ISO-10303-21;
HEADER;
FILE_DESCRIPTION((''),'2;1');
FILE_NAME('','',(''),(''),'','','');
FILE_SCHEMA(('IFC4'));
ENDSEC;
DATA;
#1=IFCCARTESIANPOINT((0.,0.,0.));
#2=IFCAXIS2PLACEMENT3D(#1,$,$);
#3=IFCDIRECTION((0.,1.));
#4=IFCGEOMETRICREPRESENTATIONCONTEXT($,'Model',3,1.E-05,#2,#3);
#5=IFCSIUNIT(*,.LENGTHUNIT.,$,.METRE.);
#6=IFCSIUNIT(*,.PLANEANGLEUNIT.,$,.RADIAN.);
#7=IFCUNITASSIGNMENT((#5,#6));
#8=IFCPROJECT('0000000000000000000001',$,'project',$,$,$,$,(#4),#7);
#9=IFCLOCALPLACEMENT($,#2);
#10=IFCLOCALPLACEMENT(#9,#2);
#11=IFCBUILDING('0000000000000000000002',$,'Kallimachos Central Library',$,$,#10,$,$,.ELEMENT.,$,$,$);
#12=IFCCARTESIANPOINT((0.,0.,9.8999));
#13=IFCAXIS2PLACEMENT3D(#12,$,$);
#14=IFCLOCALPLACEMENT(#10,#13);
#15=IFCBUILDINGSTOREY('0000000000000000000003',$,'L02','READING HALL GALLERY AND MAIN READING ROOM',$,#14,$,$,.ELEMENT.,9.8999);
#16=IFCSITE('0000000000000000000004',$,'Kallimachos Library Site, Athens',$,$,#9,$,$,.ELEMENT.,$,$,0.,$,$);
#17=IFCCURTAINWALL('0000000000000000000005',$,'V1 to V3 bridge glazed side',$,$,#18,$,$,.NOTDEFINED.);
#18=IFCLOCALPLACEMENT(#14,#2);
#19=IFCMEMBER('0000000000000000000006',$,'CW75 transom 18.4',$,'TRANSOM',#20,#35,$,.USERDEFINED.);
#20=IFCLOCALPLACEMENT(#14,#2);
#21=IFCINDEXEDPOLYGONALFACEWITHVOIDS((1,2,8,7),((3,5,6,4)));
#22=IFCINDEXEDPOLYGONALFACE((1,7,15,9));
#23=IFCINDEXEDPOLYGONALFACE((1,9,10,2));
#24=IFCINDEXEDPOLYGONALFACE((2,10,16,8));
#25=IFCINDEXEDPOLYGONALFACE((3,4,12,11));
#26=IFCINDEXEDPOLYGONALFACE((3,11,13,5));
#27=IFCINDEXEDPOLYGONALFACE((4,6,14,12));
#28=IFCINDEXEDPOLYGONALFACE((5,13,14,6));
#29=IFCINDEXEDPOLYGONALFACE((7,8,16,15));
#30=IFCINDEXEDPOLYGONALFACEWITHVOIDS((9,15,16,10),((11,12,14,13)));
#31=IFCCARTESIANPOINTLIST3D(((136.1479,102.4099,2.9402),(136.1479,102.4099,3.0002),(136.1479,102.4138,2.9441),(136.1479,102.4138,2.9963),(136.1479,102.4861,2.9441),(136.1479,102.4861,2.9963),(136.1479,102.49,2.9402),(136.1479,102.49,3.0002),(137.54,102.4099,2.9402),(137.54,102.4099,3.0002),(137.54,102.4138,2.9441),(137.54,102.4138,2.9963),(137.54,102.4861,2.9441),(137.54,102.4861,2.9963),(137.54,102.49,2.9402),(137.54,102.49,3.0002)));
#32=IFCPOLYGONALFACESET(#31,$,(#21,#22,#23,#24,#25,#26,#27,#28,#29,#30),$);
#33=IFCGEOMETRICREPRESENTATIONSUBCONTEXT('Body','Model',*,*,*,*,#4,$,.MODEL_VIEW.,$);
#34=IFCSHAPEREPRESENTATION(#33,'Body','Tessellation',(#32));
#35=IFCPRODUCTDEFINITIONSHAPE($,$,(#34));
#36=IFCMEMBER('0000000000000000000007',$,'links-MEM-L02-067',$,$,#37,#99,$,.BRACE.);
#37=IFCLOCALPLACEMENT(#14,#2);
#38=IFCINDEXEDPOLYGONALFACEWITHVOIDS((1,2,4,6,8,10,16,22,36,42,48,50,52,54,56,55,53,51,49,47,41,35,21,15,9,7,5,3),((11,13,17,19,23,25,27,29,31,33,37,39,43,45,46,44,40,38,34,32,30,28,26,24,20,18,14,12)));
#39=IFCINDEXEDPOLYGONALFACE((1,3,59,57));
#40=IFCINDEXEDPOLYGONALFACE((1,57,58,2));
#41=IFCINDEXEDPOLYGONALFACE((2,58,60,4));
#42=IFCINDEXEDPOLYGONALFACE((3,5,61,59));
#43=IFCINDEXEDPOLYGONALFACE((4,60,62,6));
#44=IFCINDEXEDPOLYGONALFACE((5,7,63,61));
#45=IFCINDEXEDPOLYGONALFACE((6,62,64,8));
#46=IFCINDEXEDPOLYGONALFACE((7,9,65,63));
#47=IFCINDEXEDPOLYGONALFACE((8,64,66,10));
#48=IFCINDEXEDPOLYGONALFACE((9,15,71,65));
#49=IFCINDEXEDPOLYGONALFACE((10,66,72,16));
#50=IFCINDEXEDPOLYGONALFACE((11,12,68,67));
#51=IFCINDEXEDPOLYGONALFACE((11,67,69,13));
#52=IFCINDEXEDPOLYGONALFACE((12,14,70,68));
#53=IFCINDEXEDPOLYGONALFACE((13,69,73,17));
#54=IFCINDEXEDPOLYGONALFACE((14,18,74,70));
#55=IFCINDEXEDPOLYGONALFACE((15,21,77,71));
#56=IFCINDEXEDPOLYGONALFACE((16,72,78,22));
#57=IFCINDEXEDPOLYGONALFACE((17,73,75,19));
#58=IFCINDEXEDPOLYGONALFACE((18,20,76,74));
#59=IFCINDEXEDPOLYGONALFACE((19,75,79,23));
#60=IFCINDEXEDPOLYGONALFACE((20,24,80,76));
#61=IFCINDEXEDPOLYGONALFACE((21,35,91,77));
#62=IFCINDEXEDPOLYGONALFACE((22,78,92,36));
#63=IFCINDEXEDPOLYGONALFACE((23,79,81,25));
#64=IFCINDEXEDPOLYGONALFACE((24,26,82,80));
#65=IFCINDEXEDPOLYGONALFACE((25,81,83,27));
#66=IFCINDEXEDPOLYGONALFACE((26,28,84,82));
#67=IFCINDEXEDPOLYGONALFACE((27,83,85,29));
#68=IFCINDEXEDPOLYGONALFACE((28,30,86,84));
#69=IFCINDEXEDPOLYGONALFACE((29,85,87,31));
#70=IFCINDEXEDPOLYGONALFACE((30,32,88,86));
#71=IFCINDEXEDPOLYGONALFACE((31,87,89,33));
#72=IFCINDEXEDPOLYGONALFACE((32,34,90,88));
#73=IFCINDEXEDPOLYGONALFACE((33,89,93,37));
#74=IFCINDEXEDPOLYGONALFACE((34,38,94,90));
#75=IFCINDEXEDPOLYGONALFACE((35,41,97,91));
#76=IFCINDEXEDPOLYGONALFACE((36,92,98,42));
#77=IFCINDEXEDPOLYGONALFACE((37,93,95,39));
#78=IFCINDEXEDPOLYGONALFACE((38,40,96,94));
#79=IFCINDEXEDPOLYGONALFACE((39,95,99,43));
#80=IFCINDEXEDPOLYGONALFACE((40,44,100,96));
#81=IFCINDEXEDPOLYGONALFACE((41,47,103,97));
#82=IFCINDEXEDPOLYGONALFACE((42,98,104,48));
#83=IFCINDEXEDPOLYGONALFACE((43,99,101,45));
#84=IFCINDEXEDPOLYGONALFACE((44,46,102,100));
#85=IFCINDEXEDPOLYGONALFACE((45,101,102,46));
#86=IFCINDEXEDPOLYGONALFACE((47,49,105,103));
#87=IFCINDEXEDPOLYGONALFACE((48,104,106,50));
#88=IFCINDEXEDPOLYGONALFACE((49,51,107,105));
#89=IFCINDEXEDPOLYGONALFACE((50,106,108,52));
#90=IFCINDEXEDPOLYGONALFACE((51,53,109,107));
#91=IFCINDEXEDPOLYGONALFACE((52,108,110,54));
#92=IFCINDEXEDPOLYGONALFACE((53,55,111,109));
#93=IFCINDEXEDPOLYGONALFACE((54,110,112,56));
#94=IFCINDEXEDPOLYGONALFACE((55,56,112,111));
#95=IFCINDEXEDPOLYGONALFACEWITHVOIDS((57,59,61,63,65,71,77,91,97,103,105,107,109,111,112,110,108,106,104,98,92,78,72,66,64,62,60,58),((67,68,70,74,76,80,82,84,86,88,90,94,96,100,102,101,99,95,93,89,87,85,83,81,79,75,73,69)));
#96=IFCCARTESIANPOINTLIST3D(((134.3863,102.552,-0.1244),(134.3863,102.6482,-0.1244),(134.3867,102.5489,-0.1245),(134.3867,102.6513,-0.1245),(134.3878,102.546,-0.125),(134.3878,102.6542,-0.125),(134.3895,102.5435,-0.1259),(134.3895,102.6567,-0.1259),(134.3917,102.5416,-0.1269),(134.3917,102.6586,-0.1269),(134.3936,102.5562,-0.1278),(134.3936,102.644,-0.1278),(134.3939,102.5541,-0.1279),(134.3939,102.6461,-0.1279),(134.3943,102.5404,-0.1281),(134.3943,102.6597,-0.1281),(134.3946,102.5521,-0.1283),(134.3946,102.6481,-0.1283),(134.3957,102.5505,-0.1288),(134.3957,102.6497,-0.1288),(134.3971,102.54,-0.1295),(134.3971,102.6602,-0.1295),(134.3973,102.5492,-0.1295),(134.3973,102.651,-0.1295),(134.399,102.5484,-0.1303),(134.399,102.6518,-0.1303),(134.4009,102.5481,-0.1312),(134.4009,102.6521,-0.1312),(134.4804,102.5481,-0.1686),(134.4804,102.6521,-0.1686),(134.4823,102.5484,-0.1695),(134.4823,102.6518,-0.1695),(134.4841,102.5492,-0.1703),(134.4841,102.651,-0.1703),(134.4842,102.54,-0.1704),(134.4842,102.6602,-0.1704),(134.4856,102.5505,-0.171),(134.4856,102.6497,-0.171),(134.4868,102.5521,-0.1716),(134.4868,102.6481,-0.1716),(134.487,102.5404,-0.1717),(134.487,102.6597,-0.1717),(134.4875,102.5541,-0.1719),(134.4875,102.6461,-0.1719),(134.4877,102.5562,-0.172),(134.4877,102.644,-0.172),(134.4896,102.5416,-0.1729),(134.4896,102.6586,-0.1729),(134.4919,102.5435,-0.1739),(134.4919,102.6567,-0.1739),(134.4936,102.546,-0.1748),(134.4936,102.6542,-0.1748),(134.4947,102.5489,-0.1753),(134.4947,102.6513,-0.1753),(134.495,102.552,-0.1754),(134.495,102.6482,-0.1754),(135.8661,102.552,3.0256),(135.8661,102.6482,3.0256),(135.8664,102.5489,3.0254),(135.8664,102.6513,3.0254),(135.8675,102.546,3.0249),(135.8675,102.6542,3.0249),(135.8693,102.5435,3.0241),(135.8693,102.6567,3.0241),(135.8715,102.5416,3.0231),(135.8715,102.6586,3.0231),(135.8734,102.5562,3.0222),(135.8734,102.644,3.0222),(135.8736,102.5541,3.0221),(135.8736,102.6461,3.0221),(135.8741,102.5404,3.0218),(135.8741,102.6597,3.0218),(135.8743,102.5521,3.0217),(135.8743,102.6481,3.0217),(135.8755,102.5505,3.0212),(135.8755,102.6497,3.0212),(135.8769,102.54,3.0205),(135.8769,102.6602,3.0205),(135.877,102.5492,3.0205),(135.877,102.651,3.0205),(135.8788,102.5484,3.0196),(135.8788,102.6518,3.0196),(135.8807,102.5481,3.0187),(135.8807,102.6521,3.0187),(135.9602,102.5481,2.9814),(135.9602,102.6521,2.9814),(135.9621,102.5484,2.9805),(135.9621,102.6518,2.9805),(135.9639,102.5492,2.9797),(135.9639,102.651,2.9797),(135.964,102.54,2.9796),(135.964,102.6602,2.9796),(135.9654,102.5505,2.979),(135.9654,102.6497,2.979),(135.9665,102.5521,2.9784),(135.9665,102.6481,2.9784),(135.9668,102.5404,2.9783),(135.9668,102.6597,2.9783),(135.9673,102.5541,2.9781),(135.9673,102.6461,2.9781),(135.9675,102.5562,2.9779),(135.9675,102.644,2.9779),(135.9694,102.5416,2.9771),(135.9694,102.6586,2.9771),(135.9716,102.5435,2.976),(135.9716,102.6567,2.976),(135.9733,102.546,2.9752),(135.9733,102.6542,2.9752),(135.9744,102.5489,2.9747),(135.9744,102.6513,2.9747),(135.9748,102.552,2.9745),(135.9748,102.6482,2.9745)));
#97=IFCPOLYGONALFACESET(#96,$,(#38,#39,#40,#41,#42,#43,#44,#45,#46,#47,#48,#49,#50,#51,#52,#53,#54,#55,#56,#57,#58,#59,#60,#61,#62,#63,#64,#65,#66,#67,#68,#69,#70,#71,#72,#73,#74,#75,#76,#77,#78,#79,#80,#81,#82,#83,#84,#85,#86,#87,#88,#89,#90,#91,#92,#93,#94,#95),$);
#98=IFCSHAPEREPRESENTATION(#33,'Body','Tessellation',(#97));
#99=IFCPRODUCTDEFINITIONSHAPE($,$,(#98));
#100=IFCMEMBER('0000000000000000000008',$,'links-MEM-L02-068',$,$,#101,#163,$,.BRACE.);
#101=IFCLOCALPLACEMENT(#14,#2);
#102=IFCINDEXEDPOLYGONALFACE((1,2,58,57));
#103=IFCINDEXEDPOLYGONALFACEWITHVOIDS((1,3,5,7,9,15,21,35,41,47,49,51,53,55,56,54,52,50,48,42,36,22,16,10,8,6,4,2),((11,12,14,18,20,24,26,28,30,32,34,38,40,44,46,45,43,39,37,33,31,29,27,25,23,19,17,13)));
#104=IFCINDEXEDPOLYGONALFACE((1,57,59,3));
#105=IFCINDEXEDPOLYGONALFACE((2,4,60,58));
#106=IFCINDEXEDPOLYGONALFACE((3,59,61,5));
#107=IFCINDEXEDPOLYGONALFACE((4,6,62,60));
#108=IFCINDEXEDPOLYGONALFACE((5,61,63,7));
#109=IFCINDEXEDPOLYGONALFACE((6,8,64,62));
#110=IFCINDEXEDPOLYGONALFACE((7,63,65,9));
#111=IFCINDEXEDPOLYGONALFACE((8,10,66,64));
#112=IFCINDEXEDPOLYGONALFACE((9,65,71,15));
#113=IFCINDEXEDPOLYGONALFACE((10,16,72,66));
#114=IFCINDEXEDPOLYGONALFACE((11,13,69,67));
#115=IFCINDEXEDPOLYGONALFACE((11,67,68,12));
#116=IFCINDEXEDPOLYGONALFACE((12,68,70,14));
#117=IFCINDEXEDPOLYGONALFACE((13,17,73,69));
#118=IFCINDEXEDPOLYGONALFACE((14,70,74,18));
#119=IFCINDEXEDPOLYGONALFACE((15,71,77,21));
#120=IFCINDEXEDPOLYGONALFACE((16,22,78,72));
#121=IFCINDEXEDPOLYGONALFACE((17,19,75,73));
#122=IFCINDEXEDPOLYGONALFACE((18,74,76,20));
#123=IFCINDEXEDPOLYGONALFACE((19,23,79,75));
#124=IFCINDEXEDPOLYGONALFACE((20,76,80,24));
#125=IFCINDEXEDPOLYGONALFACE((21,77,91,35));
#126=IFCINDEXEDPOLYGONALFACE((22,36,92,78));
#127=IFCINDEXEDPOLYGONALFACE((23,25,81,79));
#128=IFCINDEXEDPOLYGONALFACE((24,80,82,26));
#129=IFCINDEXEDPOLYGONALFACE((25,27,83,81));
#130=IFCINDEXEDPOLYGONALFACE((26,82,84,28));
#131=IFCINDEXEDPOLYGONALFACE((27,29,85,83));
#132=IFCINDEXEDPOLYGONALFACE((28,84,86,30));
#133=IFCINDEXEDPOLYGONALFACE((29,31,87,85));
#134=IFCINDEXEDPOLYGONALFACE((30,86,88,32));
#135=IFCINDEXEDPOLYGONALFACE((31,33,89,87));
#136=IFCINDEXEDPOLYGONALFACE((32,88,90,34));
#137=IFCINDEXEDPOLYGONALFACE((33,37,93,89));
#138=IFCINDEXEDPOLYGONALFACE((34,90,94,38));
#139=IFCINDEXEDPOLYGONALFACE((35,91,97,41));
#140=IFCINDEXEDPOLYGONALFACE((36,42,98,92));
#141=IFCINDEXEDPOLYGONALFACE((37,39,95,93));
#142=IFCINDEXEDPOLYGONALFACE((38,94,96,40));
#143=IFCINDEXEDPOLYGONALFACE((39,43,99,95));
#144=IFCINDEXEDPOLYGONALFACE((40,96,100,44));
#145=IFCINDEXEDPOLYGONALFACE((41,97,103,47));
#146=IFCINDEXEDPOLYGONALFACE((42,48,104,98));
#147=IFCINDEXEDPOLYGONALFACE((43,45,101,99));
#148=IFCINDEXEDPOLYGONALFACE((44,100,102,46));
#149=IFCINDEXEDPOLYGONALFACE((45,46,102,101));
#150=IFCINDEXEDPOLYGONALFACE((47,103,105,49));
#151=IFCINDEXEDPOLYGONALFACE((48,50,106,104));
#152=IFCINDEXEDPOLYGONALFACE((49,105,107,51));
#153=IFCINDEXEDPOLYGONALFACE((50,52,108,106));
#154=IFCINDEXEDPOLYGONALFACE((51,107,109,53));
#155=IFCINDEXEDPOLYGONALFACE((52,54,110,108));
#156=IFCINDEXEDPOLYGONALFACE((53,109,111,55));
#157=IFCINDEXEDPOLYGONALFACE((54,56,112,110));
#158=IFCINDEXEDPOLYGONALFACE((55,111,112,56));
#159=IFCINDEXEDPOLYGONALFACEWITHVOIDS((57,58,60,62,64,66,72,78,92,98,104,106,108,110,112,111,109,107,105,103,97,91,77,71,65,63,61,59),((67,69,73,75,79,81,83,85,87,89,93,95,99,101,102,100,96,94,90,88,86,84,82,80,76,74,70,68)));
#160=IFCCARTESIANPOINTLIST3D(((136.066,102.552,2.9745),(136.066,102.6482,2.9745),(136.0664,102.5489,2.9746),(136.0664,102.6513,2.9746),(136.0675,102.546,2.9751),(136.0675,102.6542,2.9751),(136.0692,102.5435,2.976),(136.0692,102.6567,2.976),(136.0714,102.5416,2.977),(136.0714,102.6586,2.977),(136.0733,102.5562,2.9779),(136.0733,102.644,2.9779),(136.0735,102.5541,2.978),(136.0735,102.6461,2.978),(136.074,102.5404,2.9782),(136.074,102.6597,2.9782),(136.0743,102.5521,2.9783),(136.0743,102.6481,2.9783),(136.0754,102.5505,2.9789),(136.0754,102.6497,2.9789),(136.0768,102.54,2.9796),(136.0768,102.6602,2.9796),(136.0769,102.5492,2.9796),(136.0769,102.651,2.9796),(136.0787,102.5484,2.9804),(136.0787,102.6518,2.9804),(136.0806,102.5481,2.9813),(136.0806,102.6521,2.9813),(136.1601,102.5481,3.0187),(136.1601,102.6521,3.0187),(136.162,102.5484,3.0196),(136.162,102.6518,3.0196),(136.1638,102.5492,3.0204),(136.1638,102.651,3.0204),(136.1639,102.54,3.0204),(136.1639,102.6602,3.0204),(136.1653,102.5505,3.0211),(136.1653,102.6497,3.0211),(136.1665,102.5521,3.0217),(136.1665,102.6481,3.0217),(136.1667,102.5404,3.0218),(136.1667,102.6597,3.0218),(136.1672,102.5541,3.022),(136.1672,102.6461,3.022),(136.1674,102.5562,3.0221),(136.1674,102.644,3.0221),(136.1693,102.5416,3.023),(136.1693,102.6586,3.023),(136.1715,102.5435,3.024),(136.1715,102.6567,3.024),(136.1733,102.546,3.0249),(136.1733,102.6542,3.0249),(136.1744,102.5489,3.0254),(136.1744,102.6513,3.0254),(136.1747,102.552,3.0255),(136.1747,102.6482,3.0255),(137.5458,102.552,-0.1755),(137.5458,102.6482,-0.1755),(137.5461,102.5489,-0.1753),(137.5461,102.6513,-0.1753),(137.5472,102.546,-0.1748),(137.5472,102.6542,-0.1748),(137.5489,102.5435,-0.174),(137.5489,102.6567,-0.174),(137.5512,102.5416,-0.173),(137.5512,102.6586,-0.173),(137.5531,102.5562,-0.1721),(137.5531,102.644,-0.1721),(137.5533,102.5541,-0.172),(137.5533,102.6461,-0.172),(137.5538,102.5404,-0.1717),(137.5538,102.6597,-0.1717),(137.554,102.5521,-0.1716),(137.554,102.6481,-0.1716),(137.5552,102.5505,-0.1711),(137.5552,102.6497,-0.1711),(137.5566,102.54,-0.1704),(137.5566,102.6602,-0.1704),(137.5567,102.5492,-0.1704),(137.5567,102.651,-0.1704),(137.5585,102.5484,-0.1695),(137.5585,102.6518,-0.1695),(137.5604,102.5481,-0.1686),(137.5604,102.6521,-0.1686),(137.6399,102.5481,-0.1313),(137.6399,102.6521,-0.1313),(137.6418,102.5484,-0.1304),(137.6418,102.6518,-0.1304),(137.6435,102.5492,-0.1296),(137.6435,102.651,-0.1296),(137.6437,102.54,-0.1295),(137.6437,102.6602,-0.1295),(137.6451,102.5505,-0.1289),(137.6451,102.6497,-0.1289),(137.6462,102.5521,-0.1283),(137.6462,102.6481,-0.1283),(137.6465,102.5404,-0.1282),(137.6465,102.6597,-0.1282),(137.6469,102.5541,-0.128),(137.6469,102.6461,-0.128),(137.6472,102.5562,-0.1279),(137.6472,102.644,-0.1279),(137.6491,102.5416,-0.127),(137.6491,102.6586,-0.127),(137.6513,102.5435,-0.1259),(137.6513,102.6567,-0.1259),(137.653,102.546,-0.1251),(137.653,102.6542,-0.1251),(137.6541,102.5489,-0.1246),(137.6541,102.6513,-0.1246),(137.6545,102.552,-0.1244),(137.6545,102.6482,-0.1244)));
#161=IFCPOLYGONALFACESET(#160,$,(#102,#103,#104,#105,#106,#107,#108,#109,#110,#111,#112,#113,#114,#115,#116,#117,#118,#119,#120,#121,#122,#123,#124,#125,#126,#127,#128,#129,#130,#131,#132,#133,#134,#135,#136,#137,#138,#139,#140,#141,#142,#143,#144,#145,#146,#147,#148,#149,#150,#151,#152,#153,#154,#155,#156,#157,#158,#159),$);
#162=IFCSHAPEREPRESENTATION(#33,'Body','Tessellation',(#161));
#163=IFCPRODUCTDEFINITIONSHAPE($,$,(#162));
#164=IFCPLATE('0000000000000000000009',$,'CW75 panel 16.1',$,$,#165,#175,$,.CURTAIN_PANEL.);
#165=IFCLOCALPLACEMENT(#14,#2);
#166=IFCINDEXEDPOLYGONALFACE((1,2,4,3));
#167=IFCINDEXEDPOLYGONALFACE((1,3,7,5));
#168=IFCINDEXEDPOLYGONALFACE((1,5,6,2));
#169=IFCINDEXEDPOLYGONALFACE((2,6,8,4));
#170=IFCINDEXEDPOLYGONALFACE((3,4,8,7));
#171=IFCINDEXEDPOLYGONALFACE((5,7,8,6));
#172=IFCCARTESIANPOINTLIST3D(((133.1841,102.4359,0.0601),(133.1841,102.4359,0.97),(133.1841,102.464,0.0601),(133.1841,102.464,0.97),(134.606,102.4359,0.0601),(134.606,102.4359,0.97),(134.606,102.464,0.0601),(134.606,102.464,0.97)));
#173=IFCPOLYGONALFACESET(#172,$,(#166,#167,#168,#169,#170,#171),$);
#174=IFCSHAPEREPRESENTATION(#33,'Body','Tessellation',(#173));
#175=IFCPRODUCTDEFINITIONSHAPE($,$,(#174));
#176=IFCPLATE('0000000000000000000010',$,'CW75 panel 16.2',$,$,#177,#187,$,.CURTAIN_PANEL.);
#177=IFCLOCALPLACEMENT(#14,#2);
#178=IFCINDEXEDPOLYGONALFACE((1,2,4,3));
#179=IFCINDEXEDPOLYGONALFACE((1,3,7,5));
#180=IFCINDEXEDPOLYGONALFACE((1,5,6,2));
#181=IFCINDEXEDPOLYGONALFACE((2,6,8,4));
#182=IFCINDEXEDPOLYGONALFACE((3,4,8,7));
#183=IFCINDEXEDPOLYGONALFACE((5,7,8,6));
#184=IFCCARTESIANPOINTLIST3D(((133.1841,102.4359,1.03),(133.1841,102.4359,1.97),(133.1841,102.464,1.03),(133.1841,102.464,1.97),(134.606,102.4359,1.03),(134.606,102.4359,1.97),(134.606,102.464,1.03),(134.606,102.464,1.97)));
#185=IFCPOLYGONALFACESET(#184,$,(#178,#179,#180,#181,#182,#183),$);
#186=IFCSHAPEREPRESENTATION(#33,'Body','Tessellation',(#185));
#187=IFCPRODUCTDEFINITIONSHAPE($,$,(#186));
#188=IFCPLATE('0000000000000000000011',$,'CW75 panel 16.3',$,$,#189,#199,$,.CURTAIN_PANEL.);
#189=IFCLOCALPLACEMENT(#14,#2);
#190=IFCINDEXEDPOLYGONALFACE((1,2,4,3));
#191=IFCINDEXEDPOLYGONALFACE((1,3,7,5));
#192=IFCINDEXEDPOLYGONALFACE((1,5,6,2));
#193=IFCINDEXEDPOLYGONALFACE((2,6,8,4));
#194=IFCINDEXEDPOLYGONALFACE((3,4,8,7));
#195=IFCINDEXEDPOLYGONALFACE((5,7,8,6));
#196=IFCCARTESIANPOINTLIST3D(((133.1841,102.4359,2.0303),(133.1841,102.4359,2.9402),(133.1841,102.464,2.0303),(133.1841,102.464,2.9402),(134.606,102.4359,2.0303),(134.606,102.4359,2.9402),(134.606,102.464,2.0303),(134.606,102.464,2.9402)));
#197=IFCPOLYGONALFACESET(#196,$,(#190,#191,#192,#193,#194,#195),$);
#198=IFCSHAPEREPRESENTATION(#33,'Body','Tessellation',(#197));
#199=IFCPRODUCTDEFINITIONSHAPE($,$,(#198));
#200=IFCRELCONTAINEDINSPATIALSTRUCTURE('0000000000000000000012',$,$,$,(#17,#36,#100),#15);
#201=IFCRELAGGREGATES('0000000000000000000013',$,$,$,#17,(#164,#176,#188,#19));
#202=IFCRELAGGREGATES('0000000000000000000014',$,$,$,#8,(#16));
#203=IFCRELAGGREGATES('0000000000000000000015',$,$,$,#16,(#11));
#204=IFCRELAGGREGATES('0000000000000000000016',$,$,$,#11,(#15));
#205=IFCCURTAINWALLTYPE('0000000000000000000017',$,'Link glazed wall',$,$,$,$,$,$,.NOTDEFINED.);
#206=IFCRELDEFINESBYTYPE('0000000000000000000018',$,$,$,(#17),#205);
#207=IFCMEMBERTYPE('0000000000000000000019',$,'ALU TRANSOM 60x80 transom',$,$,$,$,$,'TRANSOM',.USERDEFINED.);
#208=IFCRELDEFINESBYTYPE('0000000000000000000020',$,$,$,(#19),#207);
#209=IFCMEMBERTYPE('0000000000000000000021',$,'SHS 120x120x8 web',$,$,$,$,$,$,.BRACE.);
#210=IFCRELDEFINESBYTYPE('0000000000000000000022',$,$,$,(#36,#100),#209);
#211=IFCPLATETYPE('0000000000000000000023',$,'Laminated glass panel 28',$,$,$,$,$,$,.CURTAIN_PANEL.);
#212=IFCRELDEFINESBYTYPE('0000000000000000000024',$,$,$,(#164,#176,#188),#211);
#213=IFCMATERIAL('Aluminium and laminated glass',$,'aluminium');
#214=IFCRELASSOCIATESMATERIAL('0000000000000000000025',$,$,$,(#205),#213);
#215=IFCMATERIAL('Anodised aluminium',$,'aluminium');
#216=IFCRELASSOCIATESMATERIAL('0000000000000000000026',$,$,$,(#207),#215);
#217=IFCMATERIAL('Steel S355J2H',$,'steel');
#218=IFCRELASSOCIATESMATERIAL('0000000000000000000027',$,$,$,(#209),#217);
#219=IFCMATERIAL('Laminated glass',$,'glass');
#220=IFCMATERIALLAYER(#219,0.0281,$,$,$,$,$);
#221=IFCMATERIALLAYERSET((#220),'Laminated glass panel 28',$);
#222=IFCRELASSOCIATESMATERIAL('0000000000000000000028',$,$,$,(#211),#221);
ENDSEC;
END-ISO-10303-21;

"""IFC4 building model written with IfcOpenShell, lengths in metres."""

from ifc_helpers import new_model, si_unit, direction, frame, origin, origin_2d, place, context, subcontext, project, spatial, rectangle, hollow_rectangle, extrude, material, layer, layer_set, material_profile, profile_set, type_object, element, aggregate, save


model = new_model("IFC4")

# Units and contexts
model_context = context("Model", 3, precision=1e-05, world=origin(), true_north=direction((0.0, 1.0)))
body_context = subcontext(model_context, "Body", "Model", "MODEL_VIEW")
ifc_project = project(units=[si_unit("LENGTHUNIT", "METRE"), si_unit("PLANEANGLEUNIT", "RADIAN")], contexts=[model_context])

# Site, building, storey
site_placement = place(None, origin())
site = spatial("IfcSite", under=ifc_project, at=site_placement, Name="Kallimachos Library Site, Athens", CompositionType="ELEMENT", RefElevation=0.0)
building_placement = place(site_placement, origin())
building = spatial("IfcBuilding", under=site, at=building_placement, Name="Kallimachos Central Library", CompositionType="ELEMENT")
storey_placement = place(building_placement, frame((0.0, 0.0, 9.8999)))
storey = spatial("IfcBuildingStorey", under=building, at=storey_placement, Name="L02", Description="READING HALL GALLERY AND MAIN READING ROOM", CompositionType="ELEMENT", Elevation=9.8999)

# Curtain wall, member
ifc_material_1 = material(Name="Aluminium and laminated glass", Category="aluminium")
curtain_wall_type = type_object("IfcCurtainWallType", Name="Link glazed wall", PredefinedType="NOTDEFINED", material=ifc_material_1)
curtain_wall_placement = place(storey_placement, origin())
curtain_wall = element("IfcCurtainWall", 1, at=curtain_wall_placement, inside=storey, type_object=curtain_wall_type, Name="V1 to V3 bridge glazed side", PredefinedType="NOTDEFINED")
ifc_material_2 = material(Name="Anodised aluminium", Category="aluminium")
ifc_material_profile_1 = material_profile(ifc_material_2, hollow_rectangle(XDim=0.0601, YDim=0.0801, WallThickness=0.0039, at=origin_2d()), Name="ALU TRANSOM 60x80")
ifc_profile_set_1 = profile_set([ifc_material_profile_1], Name="Anodised aluminium")
member_type_1 = type_object("IfcMemberType", Name="ALU TRANSOM 60x80 transom", ElementType="TRANSOM", PredefinedType="USERDEFINED", material=ifc_profile_set_1)
member_1_placement = place(storey_placement, frame((136.1479, 102.45, 2.9702), z_axis=(1.0, 0.0, 0.0), x_axis=(0.0, 0.0, 1.0)))
member_1 = element("IfcMember", 2, at=member_1_placement, type_object=member_type_1, Name="CW75 transom 18.4", ObjectType="TRANSOM", PredefinedType="USERDEFINED", context=body_context, shape_type="SweptSolid", body=[
    extrude(hollow_rectangle(XDim=0.0601, YDim=0.0801, WallThickness=0.0039, at=origin_2d()), origin(), (0.0, 0.0, 1.0), 1.3921),
])

# Members
ifc_material_3 = material(Name="Steel S355J2H", Category="steel")
ifc_material_profile_2 = material_profile(ifc_material_3, hollow_rectangle(XDim=0.1201, YDim=0.1201, WallThickness=0.0081, InnerFilletRadius=0.0081, OuterFilletRadius=0.012, at=origin_2d()), Name="SHS 120x120x8")
ifc_profile_set_2 = profile_set([ifc_material_profile_2], Name="Steel S355J2H")
member_type_2 = type_object("IfcMemberType", Name="SHS 120x120x8 web", PredefinedType="BRACE", material=ifc_profile_set_2)
for number, where, z_axis, x_axis, name in (
    (3, (134.4407, 102.6001, -0.1499), (0.425192, 0.0, 0.905103), (0.0, 1.0, 0.0), "links-MEM-L02-067"),
    (4, (136.1204, 102.6001, 3.0), (0.425192, 0.0, -0.905103), (0.0, 1.0, 0.0), "links-MEM-L02-068"),
):
    element("IfcMember", number, at=place(storey_placement, frame(where, z_axis=z_axis, x_axis=x_axis)), inside=storey, type_object=member_type_2, Name=name, PredefinedType="BRACE", context=body_context, shape_type="SweptSolid", body=[
        extrude(hollow_rectangle(XDim=0.1201, YDim=0.1201, WallThickness=0.0081, InnerFilletRadius=0.0081, OuterFilletRadius=0.012, at=origin_2d()), origin(), (0.0, 0.0, 1.0), 3.4802),
    ])

# Plates
ifc_material_4 = material(Name="Laminated glass", Category="glass")
ifc_layer = layer(ifc_material_4, 0.0281)
ifc_layer_set = layer_set([ifc_layer], Name="Laminated glass panel 28")
plate_type = type_object("IfcPlateType", Name="Laminated glass panel 28", PredefinedType="CURTAIN_PANEL", material=ifc_layer_set)
plate_1_placement = place(storey_placement, frame((133.895, 102.45, 0.0601), z_axis=(0.0, 0.0, 1.0), x_axis=(1.0, 0.0, 0.0)))
plate_1 = element("IfcPlate", 5, at=plate_1_placement, type_object=plate_type, Name="CW75 panel 16.1", PredefinedType="CURTAIN_PANEL", context=body_context, shape_type="SweptSolid", body=[
    extrude(rectangle(XDim=1.4219, YDim=0.0281, at=origin_2d()), origin(), (0.0, 0.0, 1.0), 0.9099),
])
plate_2_placement = place(storey_placement, frame((133.895, 102.45, 1.03), z_axis=(0.0, 0.0, 1.0), x_axis=(1.0, 0.0, 0.0)))
plate_2 = element("IfcPlate", 6, at=plate_2_placement, type_object=plate_type, Name="CW75 panel 16.2", PredefinedType="CURTAIN_PANEL", context=body_context, shape_type="SweptSolid", body=[
    extrude(rectangle(XDim=1.4219, YDim=0.0281, at=origin_2d()), origin(), (0.0, 0.0, 1.0), 0.9399),
])
plate_3_placement = place(storey_placement, frame((133.895, 102.45, 2.0303), z_axis=(0.0, 0.0, 1.0), x_axis=(1.0, 0.0, 0.0)))
plate_3 = element("IfcPlate", 7, at=plate_3_placement, type_object=plate_type, Name="CW75 panel 16.3", PredefinedType="CURTAIN_PANEL", context=body_context, shape_type="SweptSolid", body=[
    extrude(rectangle(XDim=1.4219, YDim=0.0281, at=origin_2d()), origin(), (0.0, 0.0, 1.0), 0.9099),
])
aggregate(curtain_wall, [plate_1, plate_2, plate_3, member_1])

save(model, "model.ifc")
